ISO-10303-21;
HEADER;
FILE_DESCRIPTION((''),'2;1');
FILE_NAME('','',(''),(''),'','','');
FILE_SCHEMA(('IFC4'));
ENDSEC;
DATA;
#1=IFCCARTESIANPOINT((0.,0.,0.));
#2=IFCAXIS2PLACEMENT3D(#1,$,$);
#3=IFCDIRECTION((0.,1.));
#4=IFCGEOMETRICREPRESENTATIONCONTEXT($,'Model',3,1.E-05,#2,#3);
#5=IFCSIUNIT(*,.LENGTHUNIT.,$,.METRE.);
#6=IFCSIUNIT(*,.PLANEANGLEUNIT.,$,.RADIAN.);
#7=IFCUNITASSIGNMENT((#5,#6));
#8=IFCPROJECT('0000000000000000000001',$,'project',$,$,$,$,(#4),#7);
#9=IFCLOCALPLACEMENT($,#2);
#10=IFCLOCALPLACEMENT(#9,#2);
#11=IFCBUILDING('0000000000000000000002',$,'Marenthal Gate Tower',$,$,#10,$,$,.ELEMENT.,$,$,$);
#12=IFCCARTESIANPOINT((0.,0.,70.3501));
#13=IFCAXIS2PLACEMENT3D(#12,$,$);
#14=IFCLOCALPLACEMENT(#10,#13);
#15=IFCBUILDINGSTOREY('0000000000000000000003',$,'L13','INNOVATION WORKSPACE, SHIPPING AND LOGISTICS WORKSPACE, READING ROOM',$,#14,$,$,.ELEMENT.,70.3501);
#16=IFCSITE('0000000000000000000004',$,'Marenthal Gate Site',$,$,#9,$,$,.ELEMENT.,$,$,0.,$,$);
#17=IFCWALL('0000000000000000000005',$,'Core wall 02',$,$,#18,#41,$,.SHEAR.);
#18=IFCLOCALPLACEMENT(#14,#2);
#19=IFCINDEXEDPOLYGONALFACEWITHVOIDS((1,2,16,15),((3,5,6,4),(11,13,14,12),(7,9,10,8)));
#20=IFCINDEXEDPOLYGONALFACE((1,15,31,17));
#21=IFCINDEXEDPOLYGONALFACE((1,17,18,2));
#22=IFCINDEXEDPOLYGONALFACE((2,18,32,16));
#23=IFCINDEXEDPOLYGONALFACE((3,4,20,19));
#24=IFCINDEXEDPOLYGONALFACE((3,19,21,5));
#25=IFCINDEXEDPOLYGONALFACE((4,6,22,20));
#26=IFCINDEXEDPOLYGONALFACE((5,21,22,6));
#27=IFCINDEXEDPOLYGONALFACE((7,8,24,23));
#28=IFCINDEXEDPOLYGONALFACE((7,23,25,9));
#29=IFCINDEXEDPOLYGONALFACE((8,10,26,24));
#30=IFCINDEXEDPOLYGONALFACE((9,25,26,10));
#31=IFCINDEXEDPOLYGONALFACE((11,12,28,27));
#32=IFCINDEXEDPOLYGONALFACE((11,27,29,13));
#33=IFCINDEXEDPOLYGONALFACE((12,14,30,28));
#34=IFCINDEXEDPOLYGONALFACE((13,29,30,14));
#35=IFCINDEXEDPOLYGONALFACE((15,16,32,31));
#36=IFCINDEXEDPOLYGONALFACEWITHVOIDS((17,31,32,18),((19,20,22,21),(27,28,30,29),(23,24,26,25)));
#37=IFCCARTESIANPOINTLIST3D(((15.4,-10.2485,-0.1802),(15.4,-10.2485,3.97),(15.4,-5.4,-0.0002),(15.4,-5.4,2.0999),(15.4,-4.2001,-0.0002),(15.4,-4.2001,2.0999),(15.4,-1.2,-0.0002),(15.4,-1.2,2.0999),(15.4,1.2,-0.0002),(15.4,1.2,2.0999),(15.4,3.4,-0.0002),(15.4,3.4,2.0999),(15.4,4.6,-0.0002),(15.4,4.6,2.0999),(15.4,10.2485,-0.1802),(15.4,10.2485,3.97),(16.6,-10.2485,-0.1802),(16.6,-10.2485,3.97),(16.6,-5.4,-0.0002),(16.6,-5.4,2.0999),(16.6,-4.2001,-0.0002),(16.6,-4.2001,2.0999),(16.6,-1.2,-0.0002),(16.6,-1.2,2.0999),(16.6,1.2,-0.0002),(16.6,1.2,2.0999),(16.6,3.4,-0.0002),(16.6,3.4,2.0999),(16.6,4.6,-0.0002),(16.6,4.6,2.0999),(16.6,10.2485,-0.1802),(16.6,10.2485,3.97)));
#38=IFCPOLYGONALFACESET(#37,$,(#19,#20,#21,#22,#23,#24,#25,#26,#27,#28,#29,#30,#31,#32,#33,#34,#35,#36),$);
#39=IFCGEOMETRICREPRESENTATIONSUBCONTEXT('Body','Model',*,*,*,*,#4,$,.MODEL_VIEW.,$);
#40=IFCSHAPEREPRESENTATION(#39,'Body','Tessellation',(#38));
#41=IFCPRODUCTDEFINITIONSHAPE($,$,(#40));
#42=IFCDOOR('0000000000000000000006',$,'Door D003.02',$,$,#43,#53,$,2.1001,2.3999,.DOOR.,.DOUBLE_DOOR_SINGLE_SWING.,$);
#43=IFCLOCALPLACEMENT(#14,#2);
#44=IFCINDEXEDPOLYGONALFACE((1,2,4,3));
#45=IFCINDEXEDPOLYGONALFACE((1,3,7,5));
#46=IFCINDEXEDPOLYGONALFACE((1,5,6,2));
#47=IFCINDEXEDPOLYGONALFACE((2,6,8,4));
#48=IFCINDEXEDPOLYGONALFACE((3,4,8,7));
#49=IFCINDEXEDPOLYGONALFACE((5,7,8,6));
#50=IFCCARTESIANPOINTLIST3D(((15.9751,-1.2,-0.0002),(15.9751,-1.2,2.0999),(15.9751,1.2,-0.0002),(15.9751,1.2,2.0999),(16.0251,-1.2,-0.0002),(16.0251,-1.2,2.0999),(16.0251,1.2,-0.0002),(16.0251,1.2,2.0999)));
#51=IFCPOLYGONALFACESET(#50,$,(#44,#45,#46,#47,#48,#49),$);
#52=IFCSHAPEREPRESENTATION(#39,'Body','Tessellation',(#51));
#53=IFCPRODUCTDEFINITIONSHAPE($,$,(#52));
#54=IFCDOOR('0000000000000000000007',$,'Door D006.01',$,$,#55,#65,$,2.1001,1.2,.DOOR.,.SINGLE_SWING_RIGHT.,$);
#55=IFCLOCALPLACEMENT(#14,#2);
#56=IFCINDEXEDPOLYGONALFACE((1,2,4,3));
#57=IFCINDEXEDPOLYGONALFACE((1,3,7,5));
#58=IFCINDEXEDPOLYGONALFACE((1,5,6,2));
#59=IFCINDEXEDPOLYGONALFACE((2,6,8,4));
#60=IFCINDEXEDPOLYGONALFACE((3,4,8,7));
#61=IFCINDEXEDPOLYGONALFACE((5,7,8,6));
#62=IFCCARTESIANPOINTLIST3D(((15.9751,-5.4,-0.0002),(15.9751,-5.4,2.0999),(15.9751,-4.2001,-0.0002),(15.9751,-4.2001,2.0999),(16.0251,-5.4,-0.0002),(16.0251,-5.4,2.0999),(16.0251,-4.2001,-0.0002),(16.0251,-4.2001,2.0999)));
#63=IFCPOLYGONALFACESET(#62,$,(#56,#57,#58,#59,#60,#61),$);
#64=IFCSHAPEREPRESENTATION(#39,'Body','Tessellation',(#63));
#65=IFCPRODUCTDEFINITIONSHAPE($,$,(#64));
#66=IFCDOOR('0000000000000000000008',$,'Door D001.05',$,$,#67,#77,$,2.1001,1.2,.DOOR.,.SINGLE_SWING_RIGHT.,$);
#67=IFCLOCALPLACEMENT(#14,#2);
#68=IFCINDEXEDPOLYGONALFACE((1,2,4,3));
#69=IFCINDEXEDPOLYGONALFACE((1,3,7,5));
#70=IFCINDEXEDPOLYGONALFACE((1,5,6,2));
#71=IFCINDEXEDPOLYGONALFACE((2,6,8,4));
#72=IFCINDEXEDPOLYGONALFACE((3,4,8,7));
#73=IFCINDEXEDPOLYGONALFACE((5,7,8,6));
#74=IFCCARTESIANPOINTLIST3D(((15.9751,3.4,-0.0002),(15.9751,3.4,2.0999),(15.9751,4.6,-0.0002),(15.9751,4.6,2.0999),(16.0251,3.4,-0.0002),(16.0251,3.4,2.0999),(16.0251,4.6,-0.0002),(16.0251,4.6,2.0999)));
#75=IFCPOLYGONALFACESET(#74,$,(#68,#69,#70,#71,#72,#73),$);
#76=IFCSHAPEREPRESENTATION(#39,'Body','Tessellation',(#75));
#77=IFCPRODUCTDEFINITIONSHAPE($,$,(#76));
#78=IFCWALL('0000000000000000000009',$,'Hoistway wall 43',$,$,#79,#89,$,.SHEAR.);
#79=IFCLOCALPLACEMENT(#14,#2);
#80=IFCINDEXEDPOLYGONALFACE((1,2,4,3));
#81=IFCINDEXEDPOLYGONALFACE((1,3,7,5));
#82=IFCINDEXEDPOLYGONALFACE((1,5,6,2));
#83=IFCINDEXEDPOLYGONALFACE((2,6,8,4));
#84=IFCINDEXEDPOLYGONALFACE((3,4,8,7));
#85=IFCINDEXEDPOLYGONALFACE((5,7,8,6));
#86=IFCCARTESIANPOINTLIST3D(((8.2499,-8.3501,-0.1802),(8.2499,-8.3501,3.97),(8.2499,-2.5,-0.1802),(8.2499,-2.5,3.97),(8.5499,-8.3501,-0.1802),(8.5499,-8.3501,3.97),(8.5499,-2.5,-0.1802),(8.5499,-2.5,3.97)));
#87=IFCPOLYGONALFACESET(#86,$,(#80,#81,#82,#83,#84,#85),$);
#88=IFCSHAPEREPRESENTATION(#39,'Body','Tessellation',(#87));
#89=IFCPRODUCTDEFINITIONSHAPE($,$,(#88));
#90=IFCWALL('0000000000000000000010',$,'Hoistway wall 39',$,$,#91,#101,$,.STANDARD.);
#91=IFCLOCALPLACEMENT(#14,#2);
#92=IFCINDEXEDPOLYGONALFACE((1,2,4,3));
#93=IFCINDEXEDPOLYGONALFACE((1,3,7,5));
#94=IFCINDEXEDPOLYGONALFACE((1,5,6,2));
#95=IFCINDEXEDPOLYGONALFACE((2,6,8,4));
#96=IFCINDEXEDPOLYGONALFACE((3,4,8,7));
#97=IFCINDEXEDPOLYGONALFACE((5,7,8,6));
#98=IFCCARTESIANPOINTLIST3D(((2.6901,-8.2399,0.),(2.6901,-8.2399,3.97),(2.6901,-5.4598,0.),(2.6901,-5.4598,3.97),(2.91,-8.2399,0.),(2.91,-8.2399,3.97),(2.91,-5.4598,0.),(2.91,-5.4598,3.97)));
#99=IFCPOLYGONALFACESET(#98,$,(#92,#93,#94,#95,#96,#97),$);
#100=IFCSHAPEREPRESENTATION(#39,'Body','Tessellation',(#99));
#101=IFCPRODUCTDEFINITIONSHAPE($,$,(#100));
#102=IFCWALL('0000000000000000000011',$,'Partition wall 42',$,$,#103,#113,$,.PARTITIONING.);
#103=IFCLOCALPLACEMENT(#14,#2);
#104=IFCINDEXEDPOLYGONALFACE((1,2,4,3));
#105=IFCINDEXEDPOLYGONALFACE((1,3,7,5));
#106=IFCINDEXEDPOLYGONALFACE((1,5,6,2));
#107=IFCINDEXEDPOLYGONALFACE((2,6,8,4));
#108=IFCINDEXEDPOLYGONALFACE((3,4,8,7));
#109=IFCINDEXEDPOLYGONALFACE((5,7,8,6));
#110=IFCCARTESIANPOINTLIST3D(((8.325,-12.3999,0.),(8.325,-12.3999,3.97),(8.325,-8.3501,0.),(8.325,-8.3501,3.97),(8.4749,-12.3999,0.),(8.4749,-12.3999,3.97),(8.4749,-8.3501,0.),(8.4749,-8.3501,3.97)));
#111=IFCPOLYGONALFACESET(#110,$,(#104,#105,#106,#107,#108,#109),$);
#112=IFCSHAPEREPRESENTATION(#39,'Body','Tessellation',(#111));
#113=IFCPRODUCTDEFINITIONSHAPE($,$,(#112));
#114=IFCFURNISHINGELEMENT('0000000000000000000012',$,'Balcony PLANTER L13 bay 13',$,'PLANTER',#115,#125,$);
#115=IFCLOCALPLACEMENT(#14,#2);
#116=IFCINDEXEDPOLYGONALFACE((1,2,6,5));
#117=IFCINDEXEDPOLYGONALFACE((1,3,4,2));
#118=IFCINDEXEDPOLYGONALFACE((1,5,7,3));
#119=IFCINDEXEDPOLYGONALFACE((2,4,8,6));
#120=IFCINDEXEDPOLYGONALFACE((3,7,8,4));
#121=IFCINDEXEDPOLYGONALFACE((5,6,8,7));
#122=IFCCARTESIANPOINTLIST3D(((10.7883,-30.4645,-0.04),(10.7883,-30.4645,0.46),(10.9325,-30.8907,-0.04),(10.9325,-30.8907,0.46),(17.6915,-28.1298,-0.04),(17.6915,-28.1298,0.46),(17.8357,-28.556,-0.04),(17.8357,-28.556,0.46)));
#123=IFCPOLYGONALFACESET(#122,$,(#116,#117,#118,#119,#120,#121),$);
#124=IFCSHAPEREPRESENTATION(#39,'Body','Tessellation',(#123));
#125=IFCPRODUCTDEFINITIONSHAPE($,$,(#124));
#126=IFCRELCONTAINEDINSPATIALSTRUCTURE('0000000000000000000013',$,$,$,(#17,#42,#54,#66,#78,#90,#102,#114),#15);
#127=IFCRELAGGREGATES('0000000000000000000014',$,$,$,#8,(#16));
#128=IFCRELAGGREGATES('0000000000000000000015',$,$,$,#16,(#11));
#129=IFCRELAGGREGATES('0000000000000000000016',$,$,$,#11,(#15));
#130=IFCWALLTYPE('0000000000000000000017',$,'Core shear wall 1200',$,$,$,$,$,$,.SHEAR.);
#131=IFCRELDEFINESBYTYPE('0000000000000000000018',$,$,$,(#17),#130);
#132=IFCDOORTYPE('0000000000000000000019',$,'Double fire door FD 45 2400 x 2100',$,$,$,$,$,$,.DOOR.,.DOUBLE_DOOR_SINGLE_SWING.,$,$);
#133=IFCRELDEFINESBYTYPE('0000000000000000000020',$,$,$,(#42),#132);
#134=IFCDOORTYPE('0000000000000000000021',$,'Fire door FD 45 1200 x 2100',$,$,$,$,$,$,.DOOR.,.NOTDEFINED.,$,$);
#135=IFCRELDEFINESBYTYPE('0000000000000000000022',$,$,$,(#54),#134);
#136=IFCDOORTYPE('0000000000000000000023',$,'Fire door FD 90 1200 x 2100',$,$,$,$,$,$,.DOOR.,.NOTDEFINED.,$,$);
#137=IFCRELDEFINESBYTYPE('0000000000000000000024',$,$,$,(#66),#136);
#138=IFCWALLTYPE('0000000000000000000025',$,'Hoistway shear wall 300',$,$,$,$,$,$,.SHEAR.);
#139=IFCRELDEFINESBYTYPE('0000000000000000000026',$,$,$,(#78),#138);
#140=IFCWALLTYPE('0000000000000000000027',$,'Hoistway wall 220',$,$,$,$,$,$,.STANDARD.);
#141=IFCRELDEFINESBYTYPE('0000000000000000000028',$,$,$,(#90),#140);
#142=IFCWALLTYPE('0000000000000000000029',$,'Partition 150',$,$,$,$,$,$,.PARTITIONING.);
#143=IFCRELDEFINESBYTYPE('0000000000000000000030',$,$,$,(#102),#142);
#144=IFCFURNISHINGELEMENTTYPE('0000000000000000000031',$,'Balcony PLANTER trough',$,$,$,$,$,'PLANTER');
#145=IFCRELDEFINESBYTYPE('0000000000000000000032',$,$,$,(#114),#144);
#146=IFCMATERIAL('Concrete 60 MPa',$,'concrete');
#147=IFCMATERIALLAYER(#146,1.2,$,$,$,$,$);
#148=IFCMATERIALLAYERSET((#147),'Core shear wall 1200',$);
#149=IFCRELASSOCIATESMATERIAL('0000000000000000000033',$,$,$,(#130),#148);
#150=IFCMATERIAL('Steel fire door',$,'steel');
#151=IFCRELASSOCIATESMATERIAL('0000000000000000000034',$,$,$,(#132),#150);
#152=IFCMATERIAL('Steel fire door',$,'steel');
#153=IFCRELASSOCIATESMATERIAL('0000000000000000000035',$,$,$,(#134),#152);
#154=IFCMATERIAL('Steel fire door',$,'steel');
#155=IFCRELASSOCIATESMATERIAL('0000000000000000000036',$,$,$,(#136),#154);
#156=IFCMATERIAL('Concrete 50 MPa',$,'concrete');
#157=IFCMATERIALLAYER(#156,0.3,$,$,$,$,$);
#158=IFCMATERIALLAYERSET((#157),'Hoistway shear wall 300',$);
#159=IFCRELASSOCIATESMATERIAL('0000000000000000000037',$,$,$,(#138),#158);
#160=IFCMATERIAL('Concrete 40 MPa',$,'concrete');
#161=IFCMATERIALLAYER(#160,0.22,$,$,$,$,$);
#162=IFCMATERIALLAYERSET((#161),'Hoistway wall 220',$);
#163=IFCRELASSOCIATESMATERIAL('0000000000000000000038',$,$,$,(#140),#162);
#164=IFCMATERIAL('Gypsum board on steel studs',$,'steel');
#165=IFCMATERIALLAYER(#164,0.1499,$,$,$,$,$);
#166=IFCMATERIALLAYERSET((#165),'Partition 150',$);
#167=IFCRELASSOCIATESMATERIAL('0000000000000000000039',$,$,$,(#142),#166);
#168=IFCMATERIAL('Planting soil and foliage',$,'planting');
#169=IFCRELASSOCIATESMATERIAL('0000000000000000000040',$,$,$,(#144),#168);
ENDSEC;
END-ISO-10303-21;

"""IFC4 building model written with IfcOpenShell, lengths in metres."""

from ifc_helpers import new_model, si_unit, direction, frame, frame_2d, origin, origin_2d, place, context, subcontext, project, spatial, rectangle, extrude, material, layer, layer_set, type_object, element, fill, save


model = new_model("IFC4")

# Units and contexts
model_context = context("Model", 3, precision=1e-05, world=origin(), true_north=direction((0.0, 1.0)))
body_context = subcontext(model_context, "Body", "Model", "MODEL_VIEW")
ifc_project = project(units=[si_unit("LENGTHUNIT", "METRE"), si_unit("PLANEANGLEUNIT", "RADIAN")], contexts=[model_context])

# Site, building, storey
site_placement = place(None, origin())
site = spatial("IfcSite", under=ifc_project, at=site_placement, Name="Marenthal Gate Site", CompositionType="ELEMENT", RefElevation=0.0)
building_placement = place(site_placement, origin())
building = spatial("IfcBuilding", under=site, at=building_placement, Name="Marenthal Gate Tower", CompositionType="ELEMENT")
storey_placement = place(building_placement, frame((0.0, 0.0, 70.3501)))
storey = spatial("IfcBuildingStorey", under=building, at=storey_placement, Name="L13", Description="INNOVATION WORKSPACE, SHIPPING AND LOGISTICS WORKSPACE, READING ROOM", CompositionType="ELEMENT", Elevation=70.3501)

# Shared definitions
ifc_material_1 = material(Name="Concrete 60 MPa", Category="concrete")
ifc_layer_1 = layer(ifc_material_1, 1.2)
ifc_layer_set_1 = layer_set([ifc_layer_1], Name="Core shear wall 1200")
wall_type_1 = type_object("IfcWallType", Name="Core shear wall 1200", PredefinedType="SHEAR", material=ifc_layer_set_1)

# Wall, openings, doors
wall_1_placement = place(storey_placement, frame((16.0, -10.2485, -0.1802), z_axis=(0.0, 0.0, 1.0), x_axis=(0.0, 1.0, 0.0)))
wall_1 = element("IfcWall", 1, at=wall_1_placement, inside=storey, type_object=wall_type_1, Name="Core wall 02", PredefinedType="SHEAR", context=body_context, shape_type="SweptSolid", body=[
    extrude(rectangle(XDim=20.4971, YDim=1.2, at=frame_2d((10.2485, 0.0))), origin(), (0.0, 0.0, 1.0), 4.1501),
])
opening_1_placement = place(wall_1_placement, frame((9.0486, 0.0, 0.1799)))
opening_1 = element("IfcOpeningElement", 2, at=opening_1_placement, cuts=wall_1, PredefinedType="OPENING", context=body_context, shape_type="SweptSolid", body=[
    extrude(rectangle(XDim=2.3999, YDim=2.1001, at=frame_2d((1.2, 1.05))), frame((0.0, 0.6099, 0.0), z_axis=(0.0, -1.0, 0.0), x_axis=(1.0, 0.0, 0.0)), (0.0, 0.0, 1.0), 1.22),
])
opening_2_placement = place(wall_1_placement, frame((13.6484, 0.0, 0.1799)))
opening_2 = element("IfcOpeningElement", 3, at=opening_2_placement, cuts=wall_1, PredefinedType="OPENING", context=body_context, shape_type="SweptSolid", body=[
    extrude(rectangle(XDim=1.2, YDim=2.1001, at=frame_2d((0.6001, 1.05))), frame((0.0, 0.6099, 0.0), z_axis=(0.0, -1.0, 0.0), x_axis=(1.0, 0.0, 0.0)), (0.0, 0.0, 1.0), 1.22),
])
opening_3_placement = place(wall_1_placement, frame((4.8484, 0.0, 0.1799)))
opening_3 = element("IfcOpeningElement", 4, at=opening_3_placement, cuts=wall_1, PredefinedType="OPENING", context=body_context, shape_type="SweptSolid", body=[
    extrude(rectangle(XDim=1.2, YDim=2.1001, at=frame_2d((0.6001, 1.05))), frame((0.0, 0.6099, 0.0), z_axis=(0.0, -1.0, 0.0), x_axis=(1.0, 0.0, 0.0)), (0.0, 0.0, 1.0), 1.22),
])
ifc_material_2 = material(Name="Steel fire door", Category="steel")
door_type_1 = type_object("IfcDoorType", Name="Double fire door FD 45 2400 x 2100", OperationType="DOUBLE_DOOR_SINGLE_SWING", PredefinedType="DOOR", material=ifc_material_2)
door_1_placement = place(opening_1_placement, origin())
door_1 = element("IfcDoor", 5, at=door_1_placement, inside=storey, type_object=door_type_1, Name="Door D003.02", OperationType="DOUBLE_DOOR_SINGLE_SWING", OverallHeight=2.1001, OverallWidth=2.3999, PredefinedType="DOOR", context=body_context, shape_type="SweptSolid", body=[
    extrude(rectangle(XDim=2.3999, YDim=2.1001, at=frame_2d((1.2, 1.05))), frame((0.0, 0.0249, 0.0), z_axis=(0.0, -1.0, 0.0), x_axis=(1.0, 0.0, 0.0)), (0.0, 0.0, 1.0), 0.05),
])
fill(opening_1, door_1)
ifc_material_3 = material(Name="Steel fire door", Category="steel")
door_type_2 = type_object("IfcDoorType", Name="Fire door FD 45 1200 x 2100", OperationType="NOTDEFINED", PredefinedType="DOOR", material=ifc_material_3)
door_2_placement = place(opening_3_placement, origin())
door_2 = element("IfcDoor", 6, at=door_2_placement, inside=storey, type_object=door_type_2, Name="Door D006.01", OperationType="SINGLE_SWING_RIGHT", OverallHeight=2.1001, OverallWidth=1.2, PredefinedType="DOOR", context=body_context, shape_type="SweptSolid", body=[
    extrude(rectangle(XDim=1.2, YDim=2.1001, at=frame_2d((0.6001, 1.05))), frame((0.0, 0.0249, 0.0), z_axis=(0.0, -1.0, 0.0), x_axis=(1.0, 0.0, 0.0)), (0.0, 0.0, 1.0), 0.05),
])
fill(opening_3, door_2)
ifc_material_4 = material(Name="Steel fire door", Category="steel")
door_type_3 = type_object("IfcDoorType", Name="Fire door FD 90 1200 x 2100", OperationType="NOTDEFINED", PredefinedType="DOOR", material=ifc_material_4)
door_3_placement = place(opening_2_placement, origin())
door_3 = element("IfcDoor", 7, at=door_3_placement, inside=storey, type_object=door_type_3, Name="Door D001.05", OperationType="SINGLE_SWING_RIGHT", OverallHeight=2.1001, OverallWidth=1.2, PredefinedType="DOOR", context=body_context, shape_type="SweptSolid", body=[
    extrude(rectangle(XDim=1.2, YDim=2.1001, at=frame_2d((0.6001, 1.05))), frame((0.0, 0.0249, 0.0), z_axis=(0.0, -1.0, 0.0), x_axis=(1.0, 0.0, 0.0)), (0.0, 0.0, 1.0), 0.05),
])
fill(opening_2, door_3)

# Walls
ifc_material_5 = material(Name="Concrete 50 MPa", Category="concrete")
ifc_layer_2 = layer(ifc_material_5, 0.3)
ifc_layer_set_2 = layer_set([ifc_layer_2], Name="Hoistway shear wall 300")
wall_type_2 = type_object("IfcWallType", Name="Hoistway shear wall 300", PredefinedType="SHEAR", material=ifc_layer_set_2)
wall_2_placement = place(storey_placement, frame((8.3999, -8.3501, -0.1802), z_axis=(0.0, 0.0, 1.0), x_axis=(0.0, 1.0, 0.0)))
element("IfcWall", 8, at=wall_2_placement, inside=storey, type_object=wall_type_2, Name="Hoistway wall 43", PredefinedType="SHEAR", context=body_context, shape_type="SweptSolid", body=[
    extrude(rectangle(XDim=5.8501, YDim=0.3, at=frame_2d((2.925, 0.0))), origin(), (0.0, 0.0, 1.0), 4.1501),
])
ifc_material_6 = material(Name="Concrete 40 MPa", Category="concrete")
ifc_layer_3 = layer(ifc_material_6, 0.22)
ifc_layer_set_3 = layer_set([ifc_layer_3], Name="Hoistway wall 220")
wall_type_3 = type_object("IfcWallType", Name="Hoistway wall 220", PredefinedType="STANDARD", material=ifc_layer_set_3)
wall_3_placement = place(storey_placement, frame((2.8, -8.24, 0.0), z_axis=(0.0, 0.0, 1.0), x_axis=(0.0, 1.0, 0.0)))
element("IfcWall", 9, at=wall_3_placement, inside=storey, type_object=wall_type_3, Name="Hoistway wall 39", PredefinedType="STANDARD", context=body_context, shape_type="SweptSolid", body=[
    extrude(rectangle(XDim=2.78, YDim=0.22, at=frame_2d((1.3901, 0.0))), origin(), (0.0, 0.0, 1.0), 3.97),
])
ifc_material_7 = material(Name="Gypsum board on steel studs", Category="steel")
ifc_layer_4 = layer(ifc_material_7, 0.1499)
ifc_layer_set_4 = layer_set([ifc_layer_4], Name="Partition 150")
wall_type_4 = type_object("IfcWallType", Name="Partition 150", PredefinedType="PARTITIONING", material=ifc_layer_set_4)
wall_4_placement = place(storey_placement, frame((8.3999, -12.3999, 0.0), z_axis=(0.0, 0.0, 1.0), x_axis=(0.0, 1.0, 0.0)))
element("IfcWall", 10, at=wall_4_placement, inside=storey, type_object=wall_type_4, Name="Partition wall 42", PredefinedType="PARTITIONING", context=body_context, shape_type="SweptSolid", body=[
    extrude(rectangle(XDim=4.0498, YDim=0.1499, at=frame_2d((2.0249, 0.0))), origin(), (0.0, 0.0, 1.0), 3.97),
])

# Furnishing element
ifc_material_8 = material(Name="Planting soil and foliage", Category="planting")
furnishing_element_type = type_object("IfcFurnishingElementType", Name="Balcony PLANTER trough", ElementType="PLANTER", material=ifc_material_8)
furnishing_placement = place(storey_placement, frame((14.312, -29.5103, -0.04), z_axis=(0.0, 0.0, 1.0), x_axis=(0.947289, 0.320381, 0.0)))
element("IfcFurnishingElement", 11, at=furnishing_placement, inside=storey, type_object=furnishing_element_type, Name="Balcony PLANTER L13 bay 13", ObjectType="PLANTER", context=body_context, shape_type="SweptSolid", body=[
    extrude(rectangle(XDim=7.2874, YDim=0.45, at=origin_2d()), origin(), (0.0, 0.0, 1.0), 0.5),
])

save(model, "model.ifc")
